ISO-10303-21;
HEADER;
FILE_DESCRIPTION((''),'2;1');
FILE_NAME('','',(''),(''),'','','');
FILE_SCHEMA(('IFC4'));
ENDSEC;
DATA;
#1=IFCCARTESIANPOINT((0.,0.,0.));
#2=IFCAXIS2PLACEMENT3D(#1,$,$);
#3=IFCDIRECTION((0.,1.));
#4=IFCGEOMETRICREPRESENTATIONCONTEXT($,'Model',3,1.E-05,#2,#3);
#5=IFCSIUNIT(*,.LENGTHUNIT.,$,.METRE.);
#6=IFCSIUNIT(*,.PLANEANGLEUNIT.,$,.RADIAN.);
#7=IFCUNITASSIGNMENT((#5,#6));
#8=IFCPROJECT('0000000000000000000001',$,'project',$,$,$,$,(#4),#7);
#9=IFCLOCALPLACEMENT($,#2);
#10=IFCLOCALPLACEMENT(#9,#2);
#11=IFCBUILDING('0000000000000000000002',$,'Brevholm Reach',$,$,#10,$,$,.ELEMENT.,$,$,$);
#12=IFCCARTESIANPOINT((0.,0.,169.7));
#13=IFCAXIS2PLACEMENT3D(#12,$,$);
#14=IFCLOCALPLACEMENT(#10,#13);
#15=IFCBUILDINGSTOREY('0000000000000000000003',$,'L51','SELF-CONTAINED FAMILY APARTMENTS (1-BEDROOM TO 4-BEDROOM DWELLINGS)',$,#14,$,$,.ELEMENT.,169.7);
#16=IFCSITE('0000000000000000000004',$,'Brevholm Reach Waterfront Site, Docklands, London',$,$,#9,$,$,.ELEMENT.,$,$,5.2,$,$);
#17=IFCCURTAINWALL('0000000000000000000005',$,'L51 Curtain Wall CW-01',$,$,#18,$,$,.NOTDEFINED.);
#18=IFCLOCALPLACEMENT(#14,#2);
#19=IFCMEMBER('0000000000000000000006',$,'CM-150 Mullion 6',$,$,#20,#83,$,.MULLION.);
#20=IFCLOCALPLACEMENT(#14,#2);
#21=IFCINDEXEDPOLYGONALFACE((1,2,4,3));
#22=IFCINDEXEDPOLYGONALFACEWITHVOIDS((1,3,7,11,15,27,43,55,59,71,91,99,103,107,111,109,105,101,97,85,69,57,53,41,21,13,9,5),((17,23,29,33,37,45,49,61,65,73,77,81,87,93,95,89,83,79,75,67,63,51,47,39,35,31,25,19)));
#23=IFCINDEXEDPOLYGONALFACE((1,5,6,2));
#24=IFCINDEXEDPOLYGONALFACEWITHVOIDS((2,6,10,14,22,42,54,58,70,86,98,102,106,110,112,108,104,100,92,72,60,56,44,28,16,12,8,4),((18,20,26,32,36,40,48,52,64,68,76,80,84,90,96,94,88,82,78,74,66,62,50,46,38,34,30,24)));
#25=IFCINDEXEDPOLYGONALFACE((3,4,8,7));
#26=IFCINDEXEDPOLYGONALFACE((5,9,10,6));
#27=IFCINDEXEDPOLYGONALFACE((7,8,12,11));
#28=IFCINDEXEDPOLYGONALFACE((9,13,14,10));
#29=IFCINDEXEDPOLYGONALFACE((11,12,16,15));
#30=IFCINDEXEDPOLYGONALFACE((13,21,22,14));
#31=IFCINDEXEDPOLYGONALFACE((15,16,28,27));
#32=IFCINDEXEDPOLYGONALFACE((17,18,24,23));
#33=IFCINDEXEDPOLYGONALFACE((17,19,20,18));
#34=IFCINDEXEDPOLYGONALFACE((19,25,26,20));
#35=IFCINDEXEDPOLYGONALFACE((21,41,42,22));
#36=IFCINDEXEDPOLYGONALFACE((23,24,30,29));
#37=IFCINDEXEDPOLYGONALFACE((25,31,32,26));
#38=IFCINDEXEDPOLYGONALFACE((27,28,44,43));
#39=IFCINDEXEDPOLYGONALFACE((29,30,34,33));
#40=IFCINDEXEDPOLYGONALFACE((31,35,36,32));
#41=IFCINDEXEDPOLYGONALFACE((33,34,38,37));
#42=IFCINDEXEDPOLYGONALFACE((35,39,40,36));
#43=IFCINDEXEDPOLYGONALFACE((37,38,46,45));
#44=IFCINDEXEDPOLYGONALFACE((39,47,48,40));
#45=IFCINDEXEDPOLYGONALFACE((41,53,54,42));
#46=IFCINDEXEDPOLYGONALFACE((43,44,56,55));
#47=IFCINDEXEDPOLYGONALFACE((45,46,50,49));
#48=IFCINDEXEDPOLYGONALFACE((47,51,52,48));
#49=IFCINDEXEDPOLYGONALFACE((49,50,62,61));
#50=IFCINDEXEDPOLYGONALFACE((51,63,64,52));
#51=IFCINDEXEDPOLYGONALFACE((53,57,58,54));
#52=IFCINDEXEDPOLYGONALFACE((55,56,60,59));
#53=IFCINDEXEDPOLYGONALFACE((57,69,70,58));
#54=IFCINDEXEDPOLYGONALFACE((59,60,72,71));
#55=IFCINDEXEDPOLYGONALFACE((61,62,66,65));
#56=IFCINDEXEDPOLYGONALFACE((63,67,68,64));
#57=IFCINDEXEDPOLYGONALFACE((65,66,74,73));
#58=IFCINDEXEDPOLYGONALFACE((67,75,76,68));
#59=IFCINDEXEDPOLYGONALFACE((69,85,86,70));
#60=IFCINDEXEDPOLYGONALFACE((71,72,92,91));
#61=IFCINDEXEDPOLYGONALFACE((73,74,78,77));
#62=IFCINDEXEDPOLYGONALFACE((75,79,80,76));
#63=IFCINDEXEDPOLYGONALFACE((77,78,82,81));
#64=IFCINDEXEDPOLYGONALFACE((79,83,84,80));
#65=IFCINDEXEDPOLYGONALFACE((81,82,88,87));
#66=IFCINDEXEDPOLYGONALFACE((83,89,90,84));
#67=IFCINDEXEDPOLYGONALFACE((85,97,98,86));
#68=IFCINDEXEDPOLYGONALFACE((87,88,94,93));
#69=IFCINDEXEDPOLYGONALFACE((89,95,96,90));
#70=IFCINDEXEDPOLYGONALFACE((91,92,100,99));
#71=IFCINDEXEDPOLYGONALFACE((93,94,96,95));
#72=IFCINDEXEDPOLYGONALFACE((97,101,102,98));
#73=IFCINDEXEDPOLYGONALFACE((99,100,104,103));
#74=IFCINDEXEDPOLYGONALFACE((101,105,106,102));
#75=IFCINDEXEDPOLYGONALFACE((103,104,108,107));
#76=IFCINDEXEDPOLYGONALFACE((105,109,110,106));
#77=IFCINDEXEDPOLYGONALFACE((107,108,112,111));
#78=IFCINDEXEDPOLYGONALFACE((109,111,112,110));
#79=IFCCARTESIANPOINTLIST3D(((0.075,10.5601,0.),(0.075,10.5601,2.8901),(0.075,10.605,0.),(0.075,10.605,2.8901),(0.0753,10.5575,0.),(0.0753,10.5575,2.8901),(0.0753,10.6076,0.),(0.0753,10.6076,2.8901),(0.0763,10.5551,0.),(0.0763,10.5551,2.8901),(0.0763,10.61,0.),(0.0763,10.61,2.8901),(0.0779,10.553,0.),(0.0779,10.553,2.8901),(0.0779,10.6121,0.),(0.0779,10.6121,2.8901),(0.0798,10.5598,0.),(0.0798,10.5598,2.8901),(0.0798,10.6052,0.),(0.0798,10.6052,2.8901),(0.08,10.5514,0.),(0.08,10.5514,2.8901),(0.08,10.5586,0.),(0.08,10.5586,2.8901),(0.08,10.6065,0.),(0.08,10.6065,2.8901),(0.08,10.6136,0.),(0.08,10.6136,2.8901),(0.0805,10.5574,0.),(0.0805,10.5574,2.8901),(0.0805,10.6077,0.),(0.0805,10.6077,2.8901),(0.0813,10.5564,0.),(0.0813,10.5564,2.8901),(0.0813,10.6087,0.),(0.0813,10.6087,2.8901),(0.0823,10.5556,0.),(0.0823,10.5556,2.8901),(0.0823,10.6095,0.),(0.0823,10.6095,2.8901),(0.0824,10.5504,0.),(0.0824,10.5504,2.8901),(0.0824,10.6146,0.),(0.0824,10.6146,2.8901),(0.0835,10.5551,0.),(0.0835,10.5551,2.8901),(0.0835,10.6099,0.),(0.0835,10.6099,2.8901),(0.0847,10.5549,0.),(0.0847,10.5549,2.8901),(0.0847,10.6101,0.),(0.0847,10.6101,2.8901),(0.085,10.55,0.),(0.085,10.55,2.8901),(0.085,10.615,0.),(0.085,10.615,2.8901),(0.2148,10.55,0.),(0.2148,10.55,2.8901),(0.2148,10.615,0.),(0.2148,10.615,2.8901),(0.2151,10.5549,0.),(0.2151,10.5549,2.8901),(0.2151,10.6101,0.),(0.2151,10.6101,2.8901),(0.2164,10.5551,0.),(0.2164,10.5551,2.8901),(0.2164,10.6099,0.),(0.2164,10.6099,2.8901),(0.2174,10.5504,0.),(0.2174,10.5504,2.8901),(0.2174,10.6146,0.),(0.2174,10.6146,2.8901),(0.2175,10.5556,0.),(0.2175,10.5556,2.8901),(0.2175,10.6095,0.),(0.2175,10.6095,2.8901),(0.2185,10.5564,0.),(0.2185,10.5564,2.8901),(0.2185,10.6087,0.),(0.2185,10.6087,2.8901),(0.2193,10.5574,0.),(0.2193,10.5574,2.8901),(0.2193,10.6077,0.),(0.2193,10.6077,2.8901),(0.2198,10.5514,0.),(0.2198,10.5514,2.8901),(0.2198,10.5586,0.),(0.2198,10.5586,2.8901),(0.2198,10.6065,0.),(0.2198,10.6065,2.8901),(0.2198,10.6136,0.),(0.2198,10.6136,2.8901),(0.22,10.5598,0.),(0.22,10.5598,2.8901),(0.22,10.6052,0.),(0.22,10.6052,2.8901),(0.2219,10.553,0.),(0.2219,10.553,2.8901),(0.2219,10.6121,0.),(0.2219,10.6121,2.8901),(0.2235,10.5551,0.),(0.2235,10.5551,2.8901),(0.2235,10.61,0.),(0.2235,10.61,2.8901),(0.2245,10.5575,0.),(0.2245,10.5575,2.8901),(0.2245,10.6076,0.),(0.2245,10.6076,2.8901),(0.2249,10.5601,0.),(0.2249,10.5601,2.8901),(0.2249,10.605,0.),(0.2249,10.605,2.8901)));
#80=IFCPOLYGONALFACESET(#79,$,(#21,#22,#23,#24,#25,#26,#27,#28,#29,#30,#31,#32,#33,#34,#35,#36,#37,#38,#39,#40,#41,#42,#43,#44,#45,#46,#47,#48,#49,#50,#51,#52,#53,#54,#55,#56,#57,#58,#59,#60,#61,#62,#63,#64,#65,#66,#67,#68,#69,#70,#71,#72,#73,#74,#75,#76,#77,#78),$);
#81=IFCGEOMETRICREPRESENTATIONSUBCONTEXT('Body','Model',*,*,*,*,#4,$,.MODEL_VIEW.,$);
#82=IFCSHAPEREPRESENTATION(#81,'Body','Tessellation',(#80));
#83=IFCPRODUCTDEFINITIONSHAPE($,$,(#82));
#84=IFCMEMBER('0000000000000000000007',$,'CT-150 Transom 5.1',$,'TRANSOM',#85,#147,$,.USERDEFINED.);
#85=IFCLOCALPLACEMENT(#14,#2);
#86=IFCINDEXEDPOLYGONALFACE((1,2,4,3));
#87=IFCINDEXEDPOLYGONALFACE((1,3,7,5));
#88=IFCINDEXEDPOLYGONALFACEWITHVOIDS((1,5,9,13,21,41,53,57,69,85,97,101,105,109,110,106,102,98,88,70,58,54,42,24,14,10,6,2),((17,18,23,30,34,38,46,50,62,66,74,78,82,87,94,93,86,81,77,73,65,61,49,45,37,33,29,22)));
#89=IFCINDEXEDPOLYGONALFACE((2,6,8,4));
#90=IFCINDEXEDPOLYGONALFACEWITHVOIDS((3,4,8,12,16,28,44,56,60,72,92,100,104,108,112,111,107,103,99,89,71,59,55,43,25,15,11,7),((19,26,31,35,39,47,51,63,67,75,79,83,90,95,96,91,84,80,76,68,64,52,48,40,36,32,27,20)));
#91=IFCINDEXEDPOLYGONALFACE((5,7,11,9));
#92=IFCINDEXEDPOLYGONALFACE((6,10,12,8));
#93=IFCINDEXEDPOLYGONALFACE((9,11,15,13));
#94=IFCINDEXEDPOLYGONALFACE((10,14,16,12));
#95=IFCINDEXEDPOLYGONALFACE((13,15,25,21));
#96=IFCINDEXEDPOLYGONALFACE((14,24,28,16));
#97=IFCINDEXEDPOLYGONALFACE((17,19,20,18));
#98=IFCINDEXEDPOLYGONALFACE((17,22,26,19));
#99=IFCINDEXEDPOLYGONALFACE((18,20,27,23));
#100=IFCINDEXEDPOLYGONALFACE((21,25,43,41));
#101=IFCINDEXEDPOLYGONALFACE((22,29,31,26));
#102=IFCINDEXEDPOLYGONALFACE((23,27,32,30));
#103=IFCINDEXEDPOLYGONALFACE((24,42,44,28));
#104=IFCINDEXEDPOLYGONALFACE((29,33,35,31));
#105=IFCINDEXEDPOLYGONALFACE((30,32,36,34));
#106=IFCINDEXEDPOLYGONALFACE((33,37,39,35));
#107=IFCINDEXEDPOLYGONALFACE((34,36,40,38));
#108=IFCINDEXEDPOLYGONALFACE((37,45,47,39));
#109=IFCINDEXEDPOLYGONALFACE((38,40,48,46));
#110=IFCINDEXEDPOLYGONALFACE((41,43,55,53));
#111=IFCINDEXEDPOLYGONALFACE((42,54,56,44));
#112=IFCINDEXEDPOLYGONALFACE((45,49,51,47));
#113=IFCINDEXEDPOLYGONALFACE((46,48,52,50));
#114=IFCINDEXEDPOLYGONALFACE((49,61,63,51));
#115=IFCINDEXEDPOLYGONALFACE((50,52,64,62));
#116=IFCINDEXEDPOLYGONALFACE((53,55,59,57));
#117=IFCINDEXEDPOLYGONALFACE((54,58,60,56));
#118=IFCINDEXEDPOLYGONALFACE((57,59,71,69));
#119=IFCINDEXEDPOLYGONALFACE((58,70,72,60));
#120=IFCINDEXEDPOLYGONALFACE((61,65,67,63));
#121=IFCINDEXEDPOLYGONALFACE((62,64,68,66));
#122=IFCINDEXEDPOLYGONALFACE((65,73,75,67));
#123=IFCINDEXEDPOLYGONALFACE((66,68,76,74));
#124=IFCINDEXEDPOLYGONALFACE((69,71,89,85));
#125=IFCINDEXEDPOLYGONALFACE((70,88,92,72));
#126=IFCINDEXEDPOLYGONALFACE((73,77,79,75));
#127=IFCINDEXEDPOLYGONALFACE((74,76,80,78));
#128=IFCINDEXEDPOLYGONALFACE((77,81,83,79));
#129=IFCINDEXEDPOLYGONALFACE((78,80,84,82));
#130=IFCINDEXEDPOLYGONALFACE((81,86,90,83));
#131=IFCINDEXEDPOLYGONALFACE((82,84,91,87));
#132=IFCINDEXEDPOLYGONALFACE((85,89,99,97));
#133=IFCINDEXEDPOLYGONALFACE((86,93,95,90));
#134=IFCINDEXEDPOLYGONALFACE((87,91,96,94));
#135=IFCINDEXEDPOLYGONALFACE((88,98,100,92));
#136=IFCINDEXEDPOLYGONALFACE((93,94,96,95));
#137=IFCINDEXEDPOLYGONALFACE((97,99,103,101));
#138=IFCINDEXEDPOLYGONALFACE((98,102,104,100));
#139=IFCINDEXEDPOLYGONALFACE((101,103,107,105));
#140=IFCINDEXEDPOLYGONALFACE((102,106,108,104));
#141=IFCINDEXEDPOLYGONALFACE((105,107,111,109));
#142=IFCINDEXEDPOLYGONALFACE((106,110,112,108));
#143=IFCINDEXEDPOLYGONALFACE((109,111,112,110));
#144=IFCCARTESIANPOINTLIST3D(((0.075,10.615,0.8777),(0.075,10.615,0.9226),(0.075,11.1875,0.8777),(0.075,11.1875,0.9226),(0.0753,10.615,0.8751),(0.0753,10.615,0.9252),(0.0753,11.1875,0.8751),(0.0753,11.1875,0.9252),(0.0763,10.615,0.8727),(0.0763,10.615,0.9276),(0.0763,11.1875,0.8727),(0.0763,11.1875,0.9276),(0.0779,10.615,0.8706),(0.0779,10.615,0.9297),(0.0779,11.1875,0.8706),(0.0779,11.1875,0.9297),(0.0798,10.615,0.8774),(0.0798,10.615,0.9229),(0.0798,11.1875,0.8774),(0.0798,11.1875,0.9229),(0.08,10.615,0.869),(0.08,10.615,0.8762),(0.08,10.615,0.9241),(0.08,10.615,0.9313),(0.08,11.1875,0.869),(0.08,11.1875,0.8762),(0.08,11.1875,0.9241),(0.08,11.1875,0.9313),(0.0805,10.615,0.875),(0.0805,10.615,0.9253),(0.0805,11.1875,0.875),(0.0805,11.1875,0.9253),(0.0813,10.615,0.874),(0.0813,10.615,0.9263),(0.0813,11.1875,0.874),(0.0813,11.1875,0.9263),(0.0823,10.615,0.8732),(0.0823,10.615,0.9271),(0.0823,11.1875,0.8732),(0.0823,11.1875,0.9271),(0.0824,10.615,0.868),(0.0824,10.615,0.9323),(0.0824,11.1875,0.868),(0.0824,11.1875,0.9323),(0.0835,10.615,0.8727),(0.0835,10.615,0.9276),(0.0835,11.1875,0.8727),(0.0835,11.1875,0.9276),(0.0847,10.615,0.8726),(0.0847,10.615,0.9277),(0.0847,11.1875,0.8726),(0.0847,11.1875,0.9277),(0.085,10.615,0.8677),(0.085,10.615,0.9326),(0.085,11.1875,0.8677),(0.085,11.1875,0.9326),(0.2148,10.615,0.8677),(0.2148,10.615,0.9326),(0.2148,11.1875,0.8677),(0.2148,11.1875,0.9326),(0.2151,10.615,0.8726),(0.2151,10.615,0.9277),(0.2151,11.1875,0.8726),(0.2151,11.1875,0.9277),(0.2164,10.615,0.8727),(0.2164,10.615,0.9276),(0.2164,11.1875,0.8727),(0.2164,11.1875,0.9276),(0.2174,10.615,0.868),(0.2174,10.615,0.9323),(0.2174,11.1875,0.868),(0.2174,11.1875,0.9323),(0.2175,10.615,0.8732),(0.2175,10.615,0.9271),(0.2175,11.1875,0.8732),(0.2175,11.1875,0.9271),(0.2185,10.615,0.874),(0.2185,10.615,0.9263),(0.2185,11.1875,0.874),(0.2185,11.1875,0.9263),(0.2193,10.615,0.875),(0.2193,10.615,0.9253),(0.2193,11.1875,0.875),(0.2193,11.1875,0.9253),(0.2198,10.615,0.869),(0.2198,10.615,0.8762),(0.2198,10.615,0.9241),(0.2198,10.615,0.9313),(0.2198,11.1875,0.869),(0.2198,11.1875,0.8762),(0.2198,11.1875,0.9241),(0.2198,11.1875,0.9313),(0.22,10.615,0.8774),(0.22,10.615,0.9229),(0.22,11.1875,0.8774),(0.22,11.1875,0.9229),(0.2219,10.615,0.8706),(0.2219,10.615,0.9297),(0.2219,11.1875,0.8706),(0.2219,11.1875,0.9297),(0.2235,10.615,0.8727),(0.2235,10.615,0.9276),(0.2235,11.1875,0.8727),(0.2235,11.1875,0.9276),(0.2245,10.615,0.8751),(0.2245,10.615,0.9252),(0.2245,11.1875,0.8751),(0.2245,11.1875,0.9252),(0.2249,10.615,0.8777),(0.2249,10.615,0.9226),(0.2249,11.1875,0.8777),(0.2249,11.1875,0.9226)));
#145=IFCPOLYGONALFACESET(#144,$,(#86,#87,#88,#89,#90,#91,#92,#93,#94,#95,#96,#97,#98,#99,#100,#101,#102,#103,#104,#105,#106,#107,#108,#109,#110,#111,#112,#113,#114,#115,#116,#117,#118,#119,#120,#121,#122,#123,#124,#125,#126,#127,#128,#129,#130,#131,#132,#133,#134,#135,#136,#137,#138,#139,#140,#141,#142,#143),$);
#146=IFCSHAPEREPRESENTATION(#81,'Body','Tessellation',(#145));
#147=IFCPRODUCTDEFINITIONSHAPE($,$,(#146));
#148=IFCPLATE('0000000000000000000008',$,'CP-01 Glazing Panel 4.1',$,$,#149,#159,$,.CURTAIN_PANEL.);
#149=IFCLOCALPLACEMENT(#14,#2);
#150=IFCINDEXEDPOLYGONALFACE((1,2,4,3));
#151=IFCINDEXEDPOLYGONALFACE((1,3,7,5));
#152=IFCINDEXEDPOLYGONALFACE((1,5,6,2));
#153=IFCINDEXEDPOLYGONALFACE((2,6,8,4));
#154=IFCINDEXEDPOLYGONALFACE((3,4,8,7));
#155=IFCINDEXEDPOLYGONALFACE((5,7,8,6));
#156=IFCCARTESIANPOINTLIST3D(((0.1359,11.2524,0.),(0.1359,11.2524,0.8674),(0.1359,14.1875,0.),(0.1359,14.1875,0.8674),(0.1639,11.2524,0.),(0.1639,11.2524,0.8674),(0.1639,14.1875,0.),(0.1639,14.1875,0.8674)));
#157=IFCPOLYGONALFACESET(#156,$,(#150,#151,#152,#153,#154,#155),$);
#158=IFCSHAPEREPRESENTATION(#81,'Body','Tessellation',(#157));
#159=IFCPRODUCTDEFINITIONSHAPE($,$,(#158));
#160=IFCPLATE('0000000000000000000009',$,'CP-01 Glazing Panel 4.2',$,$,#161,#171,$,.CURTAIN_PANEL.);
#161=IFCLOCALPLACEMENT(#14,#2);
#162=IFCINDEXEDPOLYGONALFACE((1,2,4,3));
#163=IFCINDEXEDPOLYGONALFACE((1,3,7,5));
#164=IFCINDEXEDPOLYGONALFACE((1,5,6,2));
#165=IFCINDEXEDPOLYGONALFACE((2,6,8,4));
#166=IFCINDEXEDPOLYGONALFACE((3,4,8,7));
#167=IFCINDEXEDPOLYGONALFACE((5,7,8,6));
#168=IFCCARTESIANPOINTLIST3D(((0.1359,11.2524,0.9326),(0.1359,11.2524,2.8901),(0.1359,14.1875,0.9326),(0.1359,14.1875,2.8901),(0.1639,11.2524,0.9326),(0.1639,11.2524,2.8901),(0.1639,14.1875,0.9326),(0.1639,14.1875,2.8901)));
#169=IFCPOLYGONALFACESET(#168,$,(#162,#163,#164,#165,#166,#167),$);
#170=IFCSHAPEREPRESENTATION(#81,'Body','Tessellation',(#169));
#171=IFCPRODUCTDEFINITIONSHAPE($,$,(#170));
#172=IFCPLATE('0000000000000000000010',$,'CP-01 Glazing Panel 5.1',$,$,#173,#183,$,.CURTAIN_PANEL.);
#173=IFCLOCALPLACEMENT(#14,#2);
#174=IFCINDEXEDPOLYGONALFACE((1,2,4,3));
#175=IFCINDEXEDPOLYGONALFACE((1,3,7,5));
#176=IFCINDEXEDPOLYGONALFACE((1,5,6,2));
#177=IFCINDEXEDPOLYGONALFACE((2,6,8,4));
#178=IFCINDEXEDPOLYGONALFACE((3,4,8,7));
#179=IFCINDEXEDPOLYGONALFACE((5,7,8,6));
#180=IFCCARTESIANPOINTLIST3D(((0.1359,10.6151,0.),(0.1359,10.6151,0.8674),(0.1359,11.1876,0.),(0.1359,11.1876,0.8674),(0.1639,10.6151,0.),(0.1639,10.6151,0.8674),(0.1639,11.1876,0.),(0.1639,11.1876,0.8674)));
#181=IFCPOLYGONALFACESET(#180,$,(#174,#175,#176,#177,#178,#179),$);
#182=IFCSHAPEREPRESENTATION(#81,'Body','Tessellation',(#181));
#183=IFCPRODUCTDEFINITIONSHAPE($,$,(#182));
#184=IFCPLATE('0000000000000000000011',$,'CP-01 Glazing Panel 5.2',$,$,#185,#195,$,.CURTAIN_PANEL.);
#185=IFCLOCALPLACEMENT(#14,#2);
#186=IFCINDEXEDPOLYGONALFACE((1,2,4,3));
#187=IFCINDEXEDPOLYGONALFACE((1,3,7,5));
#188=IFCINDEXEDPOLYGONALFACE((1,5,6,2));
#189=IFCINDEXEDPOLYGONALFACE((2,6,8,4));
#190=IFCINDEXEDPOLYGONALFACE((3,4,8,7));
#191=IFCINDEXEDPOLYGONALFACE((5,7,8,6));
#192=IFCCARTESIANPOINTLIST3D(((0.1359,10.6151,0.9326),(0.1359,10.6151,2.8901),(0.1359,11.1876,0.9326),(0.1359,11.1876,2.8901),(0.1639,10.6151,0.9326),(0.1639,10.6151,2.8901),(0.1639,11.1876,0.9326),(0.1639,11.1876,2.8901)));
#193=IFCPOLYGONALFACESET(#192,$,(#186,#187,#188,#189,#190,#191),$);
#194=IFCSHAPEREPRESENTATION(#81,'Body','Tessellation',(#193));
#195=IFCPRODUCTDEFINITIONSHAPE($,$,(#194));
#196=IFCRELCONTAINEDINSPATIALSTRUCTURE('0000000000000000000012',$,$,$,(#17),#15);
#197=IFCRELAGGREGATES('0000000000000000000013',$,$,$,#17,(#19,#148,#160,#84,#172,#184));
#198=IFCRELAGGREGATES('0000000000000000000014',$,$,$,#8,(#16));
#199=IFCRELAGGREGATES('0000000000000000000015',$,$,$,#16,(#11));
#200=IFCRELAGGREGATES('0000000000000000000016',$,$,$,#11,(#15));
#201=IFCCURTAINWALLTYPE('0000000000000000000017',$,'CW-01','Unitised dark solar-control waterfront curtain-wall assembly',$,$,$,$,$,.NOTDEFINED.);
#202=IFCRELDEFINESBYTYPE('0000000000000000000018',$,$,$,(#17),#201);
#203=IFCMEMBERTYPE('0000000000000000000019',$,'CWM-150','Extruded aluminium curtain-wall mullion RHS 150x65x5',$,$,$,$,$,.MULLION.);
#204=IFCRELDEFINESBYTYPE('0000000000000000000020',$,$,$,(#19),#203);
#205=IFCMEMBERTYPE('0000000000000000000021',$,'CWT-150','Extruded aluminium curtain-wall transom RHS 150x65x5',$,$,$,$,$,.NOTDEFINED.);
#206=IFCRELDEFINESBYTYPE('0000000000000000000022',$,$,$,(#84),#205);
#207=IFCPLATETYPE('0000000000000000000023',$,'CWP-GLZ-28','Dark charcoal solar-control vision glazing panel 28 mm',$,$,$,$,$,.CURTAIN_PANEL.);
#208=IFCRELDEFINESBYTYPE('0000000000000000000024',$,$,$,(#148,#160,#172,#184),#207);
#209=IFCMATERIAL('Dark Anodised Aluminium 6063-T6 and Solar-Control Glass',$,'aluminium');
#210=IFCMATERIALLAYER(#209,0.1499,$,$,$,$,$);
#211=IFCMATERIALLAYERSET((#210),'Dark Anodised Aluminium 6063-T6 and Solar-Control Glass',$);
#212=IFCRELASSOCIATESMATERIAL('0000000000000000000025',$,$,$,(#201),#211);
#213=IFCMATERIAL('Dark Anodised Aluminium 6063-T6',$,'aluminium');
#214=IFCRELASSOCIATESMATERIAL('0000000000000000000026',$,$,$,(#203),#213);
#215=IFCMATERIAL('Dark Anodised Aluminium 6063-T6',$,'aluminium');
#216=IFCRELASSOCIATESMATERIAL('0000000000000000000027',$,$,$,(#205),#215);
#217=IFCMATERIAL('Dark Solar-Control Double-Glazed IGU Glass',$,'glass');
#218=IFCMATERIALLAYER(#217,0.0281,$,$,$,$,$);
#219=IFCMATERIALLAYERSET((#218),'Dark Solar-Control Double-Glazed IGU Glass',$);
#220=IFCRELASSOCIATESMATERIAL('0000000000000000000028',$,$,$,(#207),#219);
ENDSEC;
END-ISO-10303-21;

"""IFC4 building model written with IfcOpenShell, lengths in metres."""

from ifc_helpers import new_model, si_unit, direction, frame, origin, origin_2d, place, context, subcontext, project, spatial, rectangle, hollow_rectangle, extrude, material, layer, layer_set, material_profile, profile_set, type_object, element, aggregate, save


model = new_model("IFC4")

# Units and contexts
model_context = context("Model", 3, precision=1e-05, world=origin(), true_north=direction((0.0, 1.0)))
body_context = subcontext(model_context, "Body", "Model", "MODEL_VIEW")
ifc_project = project(units=[si_unit("LENGTHUNIT", "METRE"), si_unit("PLANEANGLEUNIT", "RADIAN")], contexts=[model_context])

# Site, building, storey
site_placement = place(None, origin())
site = spatial("IfcSite", under=ifc_project, at=site_placement, Name="Brevholm Reach Waterfront Site, Docklands, London", CompositionType="ELEMENT", RefElevation=5.2)
building_placement = place(site_placement, origin())
building = spatial("IfcBuilding", under=site, at=building_placement, Name="Brevholm Reach", CompositionType="ELEMENT")
storey_placement = place(building_placement, frame((0.0, 0.0, 169.7)))
storey = spatial("IfcBuildingStorey", under=building, at=storey_placement, Name="L51", Description="SELF-CONTAINED FAMILY APARTMENTS (1-BEDROOM TO 4-BEDROOM DWELLINGS)", CompositionType="ELEMENT", Elevation=169.7)

# Curtain wall, members, plates
ifc_material_1 = material(Name="Dark Anodised Aluminium 6063-T6 and Solar-Control Glass", Category="aluminium")
ifc_layer_1 = layer(ifc_material_1, 0.1499)
ifc_layer_set_1 = layer_set([ifc_layer_1], Name="Dark Anodised Aluminium 6063-T6 and Solar-Control Glass")
curtain_wall_type = type_object("IfcCurtainWallType", Name="CW-01", Description="Unitised dark solar-control waterfront curtain-wall assembly", PredefinedType="NOTDEFINED", material=ifc_layer_set_1)
curtain_wall_placement = place(storey_placement, origin())
curtain_wall = element("IfcCurtainWall", 1, at=curtain_wall_placement, inside=storey, type_object=curtain_wall_type, Name="L51 Curtain Wall CW-01", PredefinedType="NOTDEFINED")
ifc_material_2 = material(Name="Dark Anodised Aluminium 6063-T6", Category="aluminium")
ifc_material_profile_1 = material_profile(ifc_material_2, hollow_rectangle(XDim=0.0649, YDim=0.1499, WallThickness=0.0049, InnerFilletRadius=0.0049, OuterFilletRadius=0.01, at=origin_2d()), Name="RHS 150x65x5")
ifc_profile_set_1 = profile_set([ifc_material_profile_1], Name="Dark Anodised Aluminium 6063-T6")
member_type_1 = type_object("IfcMemberType", Name="CWM-150", Description="Extruded aluminium curtain-wall mullion RHS 150x65x5", PredefinedType="MULLION", material=ifc_profile_set_1)
member_1_placement = place(storey_placement, frame((0.1499, 10.5825, 0.0), z_axis=(0.0, 0.0, 1.0), x_axis=(0.0, -1.0, 0.0)))
member_1 = element("IfcMember", 2, at=member_1_placement, type_object=member_type_1, Name="CM-150 Mullion 6", PredefinedType="MULLION", context=body_context, shape_type="SweptSolid", body=[
    extrude(hollow_rectangle(XDim=0.0649, YDim=0.1499, WallThickness=0.0049, InnerFilletRadius=0.0049, OuterFilletRadius=0.01, at=origin_2d()), origin(), (0.0, 0.0, 1.0), 2.8901),
])
ifc_material_3 = material(Name="Dark Anodised Aluminium 6063-T6", Category="aluminium")
ifc_material_profile_2 = material_profile(ifc_material_3, hollow_rectangle(XDim=0.0649, YDim=0.1499, WallThickness=0.0049, InnerFilletRadius=0.0049, OuterFilletRadius=0.01, at=origin_2d()), Name="RHS 150x65x5")
ifc_profile_set_2 = profile_set([ifc_material_profile_2], Name="Dark Anodised Aluminium 6063-T6")
member_type_2 = type_object("IfcMemberType", Name="CWT-150", Description="Extruded aluminium curtain-wall transom RHS 150x65x5", PredefinedType="NOTDEFINED", material=ifc_profile_set_2)
member_2_placement = place(storey_placement, frame((0.1499, 11.1875, 0.9001), z_axis=(0.0, -1.0, 0.0), x_axis=(0.0, 0.0, 1.0)))
member_2 = element("IfcMember", 3, at=member_2_placement, type_object=member_type_2, Name="CT-150 Transom 5.1", ObjectType="TRANSOM", PredefinedType="USERDEFINED", context=body_context, shape_type="SweptSolid", body=[
    extrude(hollow_rectangle(XDim=0.0649, YDim=0.1499, WallThickness=0.0049, InnerFilletRadius=0.0049, OuterFilletRadius=0.01, at=origin_2d()), origin(), (0.0, 0.0, 1.0), 0.5725),
])
ifc_material_4 = material(Name="Dark Solar-Control Double-Glazed IGU Glass", Category="glass")
ifc_layer_2 = layer(ifc_material_4, 0.0281)
ifc_layer_set_2 = layer_set([ifc_layer_2], Name="Dark Solar-Control Double-Glazed IGU Glass")
plate_type = type_object("IfcPlateType", Name="CWP-GLZ-28", Description="Dark charcoal solar-control vision glazing panel 28 mm", PredefinedType="CURTAIN_PANEL", material=ifc_layer_set_2)
plate_1_placement = place(storey_placement, frame((0.1499, 12.72, 0.0), z_axis=(0.0, 0.0, 1.0), x_axis=(0.0, -1.0, 0.0)))
plate_1 = element("IfcPlate", 4, at=plate_1_placement, type_object=plate_type, Name="CP-01 Glazing Panel 4.1", PredefinedType="CURTAIN_PANEL", context=body_context, shape_type="SweptSolid", body=[
    extrude(rectangle(XDim=2.9351, YDim=0.0281, at=origin_2d()), origin(), (0.0, 0.0, 1.0), 0.8674),
])
plate_2_placement = place(storey_placement, frame((0.1499, 12.72, 0.9326), z_axis=(0.0, 0.0, 1.0), x_axis=(0.0, -1.0, 0.0)))
plate_2 = element("IfcPlate", 5, at=plate_2_placement, type_object=plate_type, Name="CP-01 Glazing Panel 4.2", PredefinedType="CURTAIN_PANEL", context=body_context, shape_type="SweptSolid", body=[
    extrude(rectangle(XDim=2.9351, YDim=0.0281, at=origin_2d()), origin(), (0.0, 0.0, 1.0), 1.9575),
])
plate_3_placement = place(storey_placement, frame((0.1499, 10.9014, 0.0), z_axis=(0.0, 0.0, 1.0), x_axis=(0.0, -1.0, 0.0)))
plate_3 = element("IfcPlate", 6, at=plate_3_placement, type_object=plate_type, Name="CP-01 Glazing Panel 5.1", PredefinedType="CURTAIN_PANEL", context=body_context, shape_type="SweptSolid", body=[
    extrude(rectangle(XDim=0.5725, YDim=0.0281, at=origin_2d()), origin(), (0.0, 0.0, 1.0), 0.8674),
])
plate_4_placement = place(storey_placement, frame((0.1499, 10.9014, 0.9326), z_axis=(0.0, 0.0, 1.0), x_axis=(0.0, -1.0, 0.0)))
plate_4 = element("IfcPlate", 7, at=plate_4_placement, type_object=plate_type, Name="CP-01 Glazing Panel 5.2", PredefinedType="CURTAIN_PANEL", context=body_context, shape_type="SweptSolid", body=[
    extrude(rectangle(XDim=0.5725, YDim=0.0281, at=origin_2d()), origin(), (0.0, 0.0, 1.0), 1.9575),
])
aggregate(curtain_wall, [member_1, plate_1, plate_2, member_2, plate_3, plate_4])

save(model, "model.ifc")
